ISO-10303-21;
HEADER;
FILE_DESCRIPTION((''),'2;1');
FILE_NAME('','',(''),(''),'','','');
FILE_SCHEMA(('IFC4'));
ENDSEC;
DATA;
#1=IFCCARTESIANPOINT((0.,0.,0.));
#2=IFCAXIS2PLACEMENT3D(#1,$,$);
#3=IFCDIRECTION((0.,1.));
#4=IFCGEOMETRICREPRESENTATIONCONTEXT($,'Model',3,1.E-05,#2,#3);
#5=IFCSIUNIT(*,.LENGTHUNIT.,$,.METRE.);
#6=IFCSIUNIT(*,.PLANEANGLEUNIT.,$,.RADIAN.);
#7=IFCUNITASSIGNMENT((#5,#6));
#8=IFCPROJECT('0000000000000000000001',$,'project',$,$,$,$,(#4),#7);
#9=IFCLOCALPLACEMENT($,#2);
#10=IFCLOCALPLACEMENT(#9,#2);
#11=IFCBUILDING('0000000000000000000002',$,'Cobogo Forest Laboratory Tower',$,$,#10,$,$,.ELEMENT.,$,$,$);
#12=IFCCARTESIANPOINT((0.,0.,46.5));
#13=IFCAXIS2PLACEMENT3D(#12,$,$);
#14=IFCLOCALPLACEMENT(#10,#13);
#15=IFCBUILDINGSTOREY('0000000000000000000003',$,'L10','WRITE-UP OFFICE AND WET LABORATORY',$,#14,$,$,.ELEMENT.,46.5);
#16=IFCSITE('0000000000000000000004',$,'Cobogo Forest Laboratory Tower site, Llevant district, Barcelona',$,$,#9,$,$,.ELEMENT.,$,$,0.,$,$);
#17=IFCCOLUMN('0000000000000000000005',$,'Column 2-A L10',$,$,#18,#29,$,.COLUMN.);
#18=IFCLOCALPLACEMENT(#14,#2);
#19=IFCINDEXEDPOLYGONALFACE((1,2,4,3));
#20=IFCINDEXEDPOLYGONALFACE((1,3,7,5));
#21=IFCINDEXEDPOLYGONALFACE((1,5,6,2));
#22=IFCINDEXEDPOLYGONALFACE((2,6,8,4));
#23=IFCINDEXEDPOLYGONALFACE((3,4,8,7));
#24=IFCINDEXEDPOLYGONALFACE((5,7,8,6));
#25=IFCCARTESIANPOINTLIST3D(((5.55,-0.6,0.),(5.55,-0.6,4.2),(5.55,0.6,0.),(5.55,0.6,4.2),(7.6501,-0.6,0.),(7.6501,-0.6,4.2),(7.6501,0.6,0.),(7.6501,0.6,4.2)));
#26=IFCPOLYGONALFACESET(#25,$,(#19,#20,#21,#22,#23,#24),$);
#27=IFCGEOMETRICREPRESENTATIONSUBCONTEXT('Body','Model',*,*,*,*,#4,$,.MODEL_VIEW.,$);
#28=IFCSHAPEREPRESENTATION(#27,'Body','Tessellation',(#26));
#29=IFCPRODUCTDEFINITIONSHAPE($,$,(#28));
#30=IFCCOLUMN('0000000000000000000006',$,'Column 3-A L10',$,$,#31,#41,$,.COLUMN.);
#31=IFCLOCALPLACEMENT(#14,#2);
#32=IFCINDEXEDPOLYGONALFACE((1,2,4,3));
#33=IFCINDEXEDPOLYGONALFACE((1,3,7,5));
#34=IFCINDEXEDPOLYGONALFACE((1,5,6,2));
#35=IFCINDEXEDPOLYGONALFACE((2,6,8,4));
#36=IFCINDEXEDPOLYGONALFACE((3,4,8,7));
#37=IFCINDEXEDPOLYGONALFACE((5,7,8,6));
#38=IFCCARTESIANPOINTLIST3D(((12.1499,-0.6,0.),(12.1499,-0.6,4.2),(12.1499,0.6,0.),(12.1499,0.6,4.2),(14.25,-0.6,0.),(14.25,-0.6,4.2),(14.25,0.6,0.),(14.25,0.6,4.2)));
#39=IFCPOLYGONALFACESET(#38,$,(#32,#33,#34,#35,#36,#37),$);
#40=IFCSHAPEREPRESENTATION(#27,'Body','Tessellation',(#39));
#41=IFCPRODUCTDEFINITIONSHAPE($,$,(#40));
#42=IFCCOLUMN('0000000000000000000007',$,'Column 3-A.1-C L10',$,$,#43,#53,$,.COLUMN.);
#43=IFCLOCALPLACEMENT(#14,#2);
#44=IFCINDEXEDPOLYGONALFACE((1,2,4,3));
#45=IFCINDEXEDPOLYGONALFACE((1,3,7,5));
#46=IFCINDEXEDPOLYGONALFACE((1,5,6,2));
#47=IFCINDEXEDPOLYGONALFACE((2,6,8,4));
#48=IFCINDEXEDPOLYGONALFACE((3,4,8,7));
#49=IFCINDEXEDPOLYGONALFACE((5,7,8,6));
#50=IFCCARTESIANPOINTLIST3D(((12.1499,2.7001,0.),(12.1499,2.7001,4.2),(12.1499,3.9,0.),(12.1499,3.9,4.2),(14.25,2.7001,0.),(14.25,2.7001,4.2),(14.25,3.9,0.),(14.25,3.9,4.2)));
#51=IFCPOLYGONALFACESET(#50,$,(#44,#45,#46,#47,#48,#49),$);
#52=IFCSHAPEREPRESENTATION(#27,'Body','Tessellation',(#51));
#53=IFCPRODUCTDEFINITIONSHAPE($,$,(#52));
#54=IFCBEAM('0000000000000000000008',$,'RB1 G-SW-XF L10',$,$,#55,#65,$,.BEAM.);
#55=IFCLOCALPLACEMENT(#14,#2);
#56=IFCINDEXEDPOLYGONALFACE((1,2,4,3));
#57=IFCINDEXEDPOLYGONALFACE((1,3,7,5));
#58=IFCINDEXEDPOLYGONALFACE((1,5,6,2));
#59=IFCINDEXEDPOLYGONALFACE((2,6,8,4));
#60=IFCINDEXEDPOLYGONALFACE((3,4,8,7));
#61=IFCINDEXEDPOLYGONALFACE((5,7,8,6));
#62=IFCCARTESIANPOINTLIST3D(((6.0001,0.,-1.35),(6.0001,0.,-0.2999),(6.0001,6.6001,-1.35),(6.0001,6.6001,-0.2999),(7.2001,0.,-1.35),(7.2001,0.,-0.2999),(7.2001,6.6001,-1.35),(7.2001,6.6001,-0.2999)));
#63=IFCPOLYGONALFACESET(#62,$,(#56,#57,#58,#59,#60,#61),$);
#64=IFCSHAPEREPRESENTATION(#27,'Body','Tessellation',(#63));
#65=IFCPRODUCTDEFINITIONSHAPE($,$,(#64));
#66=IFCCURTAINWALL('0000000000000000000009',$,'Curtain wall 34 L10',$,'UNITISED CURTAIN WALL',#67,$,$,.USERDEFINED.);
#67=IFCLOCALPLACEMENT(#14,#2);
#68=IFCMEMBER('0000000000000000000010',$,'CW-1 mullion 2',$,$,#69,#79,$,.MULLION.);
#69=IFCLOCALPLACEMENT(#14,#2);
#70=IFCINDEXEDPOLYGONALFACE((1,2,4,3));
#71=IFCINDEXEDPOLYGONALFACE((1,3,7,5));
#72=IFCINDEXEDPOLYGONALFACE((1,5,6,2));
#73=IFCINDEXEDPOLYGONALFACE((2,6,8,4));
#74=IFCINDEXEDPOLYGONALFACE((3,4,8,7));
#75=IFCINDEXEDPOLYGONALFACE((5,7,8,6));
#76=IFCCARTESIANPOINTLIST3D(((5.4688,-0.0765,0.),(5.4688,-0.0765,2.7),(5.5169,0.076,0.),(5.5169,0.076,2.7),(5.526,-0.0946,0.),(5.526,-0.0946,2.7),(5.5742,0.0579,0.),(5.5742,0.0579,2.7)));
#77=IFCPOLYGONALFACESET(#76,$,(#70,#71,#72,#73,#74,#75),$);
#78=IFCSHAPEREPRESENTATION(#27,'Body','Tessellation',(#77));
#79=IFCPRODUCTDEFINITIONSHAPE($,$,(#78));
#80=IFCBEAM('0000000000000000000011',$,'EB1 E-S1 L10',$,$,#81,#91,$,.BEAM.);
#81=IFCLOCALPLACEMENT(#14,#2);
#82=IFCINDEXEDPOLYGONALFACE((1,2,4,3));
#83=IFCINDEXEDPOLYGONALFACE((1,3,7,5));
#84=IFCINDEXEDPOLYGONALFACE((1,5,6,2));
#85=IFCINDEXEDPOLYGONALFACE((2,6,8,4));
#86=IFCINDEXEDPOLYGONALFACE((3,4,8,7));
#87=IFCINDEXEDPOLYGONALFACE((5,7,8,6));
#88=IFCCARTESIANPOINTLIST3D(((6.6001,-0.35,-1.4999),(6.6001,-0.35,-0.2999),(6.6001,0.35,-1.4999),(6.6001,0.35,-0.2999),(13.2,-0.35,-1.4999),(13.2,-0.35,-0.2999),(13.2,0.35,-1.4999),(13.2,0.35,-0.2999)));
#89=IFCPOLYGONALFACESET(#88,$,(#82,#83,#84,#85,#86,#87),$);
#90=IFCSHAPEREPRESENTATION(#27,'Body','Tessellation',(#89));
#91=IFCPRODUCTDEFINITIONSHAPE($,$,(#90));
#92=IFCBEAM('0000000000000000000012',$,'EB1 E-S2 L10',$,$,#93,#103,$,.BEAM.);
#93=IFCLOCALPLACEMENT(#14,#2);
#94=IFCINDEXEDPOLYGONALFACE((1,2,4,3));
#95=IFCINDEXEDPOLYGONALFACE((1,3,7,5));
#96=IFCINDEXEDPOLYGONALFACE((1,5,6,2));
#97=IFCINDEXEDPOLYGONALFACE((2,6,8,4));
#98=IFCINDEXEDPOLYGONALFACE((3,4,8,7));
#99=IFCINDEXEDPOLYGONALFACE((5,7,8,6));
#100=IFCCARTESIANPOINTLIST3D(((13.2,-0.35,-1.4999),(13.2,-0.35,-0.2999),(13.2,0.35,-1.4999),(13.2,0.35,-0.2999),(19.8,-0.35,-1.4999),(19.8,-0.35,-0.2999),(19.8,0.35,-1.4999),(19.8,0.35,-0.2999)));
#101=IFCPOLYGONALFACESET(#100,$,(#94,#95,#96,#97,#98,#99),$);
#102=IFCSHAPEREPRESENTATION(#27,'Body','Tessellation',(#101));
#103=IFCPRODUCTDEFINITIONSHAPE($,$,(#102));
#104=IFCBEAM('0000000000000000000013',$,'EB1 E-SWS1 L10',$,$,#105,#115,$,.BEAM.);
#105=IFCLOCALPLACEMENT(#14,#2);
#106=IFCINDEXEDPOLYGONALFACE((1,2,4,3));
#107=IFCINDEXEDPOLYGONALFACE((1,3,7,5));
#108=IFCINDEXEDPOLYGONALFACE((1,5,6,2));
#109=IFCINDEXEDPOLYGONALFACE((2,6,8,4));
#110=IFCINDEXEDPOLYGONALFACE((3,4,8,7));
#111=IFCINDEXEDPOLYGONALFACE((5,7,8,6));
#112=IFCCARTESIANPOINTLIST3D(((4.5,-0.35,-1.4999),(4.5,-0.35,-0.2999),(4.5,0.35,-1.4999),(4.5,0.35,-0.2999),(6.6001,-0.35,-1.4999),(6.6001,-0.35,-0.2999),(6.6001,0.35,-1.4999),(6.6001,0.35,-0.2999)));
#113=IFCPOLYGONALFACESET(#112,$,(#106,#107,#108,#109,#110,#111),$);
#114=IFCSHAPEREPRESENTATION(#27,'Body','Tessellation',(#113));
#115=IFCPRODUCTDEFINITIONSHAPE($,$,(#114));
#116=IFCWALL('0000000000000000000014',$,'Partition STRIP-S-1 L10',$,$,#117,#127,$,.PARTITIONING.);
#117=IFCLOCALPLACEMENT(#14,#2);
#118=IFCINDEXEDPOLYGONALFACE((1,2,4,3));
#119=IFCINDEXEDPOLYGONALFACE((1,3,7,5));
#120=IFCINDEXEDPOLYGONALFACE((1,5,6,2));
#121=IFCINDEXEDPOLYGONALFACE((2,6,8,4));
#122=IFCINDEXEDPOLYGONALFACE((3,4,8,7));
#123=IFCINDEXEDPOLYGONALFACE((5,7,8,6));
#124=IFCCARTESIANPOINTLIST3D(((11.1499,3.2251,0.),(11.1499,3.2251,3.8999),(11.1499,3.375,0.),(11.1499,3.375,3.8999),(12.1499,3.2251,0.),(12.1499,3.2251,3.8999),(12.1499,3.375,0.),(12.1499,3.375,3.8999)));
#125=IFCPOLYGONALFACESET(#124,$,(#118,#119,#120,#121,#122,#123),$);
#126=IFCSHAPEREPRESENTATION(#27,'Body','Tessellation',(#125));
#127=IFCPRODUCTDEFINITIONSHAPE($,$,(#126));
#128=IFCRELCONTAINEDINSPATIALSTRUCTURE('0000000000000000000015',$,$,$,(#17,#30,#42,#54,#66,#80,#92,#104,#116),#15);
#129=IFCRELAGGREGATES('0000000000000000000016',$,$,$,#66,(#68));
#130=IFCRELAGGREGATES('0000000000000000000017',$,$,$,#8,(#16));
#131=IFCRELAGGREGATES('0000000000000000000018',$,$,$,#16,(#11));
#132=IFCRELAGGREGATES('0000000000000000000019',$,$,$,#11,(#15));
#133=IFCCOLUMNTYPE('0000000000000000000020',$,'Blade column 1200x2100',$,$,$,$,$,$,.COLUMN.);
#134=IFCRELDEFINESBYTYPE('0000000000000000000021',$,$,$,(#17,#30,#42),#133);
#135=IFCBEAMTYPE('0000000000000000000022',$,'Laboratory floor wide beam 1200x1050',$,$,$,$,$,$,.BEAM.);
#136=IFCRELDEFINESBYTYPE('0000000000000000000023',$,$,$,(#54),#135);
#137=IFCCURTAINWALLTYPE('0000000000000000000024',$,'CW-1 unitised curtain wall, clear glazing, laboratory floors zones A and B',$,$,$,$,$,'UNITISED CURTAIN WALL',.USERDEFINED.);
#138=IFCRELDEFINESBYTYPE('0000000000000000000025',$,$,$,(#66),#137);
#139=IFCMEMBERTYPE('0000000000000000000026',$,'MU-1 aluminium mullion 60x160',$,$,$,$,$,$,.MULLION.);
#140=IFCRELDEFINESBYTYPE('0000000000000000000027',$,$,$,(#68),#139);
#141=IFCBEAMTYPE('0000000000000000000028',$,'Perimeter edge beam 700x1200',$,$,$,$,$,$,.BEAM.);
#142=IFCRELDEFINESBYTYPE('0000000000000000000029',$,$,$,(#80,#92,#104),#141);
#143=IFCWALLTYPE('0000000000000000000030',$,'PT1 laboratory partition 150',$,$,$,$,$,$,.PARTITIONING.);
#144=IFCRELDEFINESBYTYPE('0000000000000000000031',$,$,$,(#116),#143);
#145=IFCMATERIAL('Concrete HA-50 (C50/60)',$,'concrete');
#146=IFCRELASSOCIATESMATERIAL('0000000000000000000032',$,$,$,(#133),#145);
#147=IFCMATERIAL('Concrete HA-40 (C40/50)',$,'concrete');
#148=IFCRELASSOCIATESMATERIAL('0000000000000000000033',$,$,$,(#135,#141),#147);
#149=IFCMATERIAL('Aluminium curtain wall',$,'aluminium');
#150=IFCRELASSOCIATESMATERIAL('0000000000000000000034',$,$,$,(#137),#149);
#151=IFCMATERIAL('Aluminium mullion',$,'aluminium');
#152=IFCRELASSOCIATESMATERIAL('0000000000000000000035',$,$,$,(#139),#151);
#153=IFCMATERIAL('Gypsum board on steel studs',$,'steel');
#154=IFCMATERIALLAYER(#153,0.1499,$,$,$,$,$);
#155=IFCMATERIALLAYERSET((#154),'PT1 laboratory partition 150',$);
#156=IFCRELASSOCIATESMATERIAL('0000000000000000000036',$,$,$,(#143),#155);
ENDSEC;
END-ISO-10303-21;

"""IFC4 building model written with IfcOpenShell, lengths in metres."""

from ifc_helpers import new_model, si_unit, direction, frame, frame_2d, origin, origin_2d, place, context, subcontext, project, spatial, rectangle, extrude, material, layer, layer_set, material_profile, profile_set, type_object, element, aggregate, save


model = new_model("IFC4")

# Units and contexts
model_context = context("Model", 3, precision=1e-05, world=origin(), true_north=direction((0.0, 1.0)))
body_context = subcontext(model_context, "Body", "Model", "MODEL_VIEW")
ifc_project = project(units=[si_unit("LENGTHUNIT", "METRE"), si_unit("PLANEANGLEUNIT", "RADIAN")], contexts=[model_context])

# Site, building, storey
site_placement = place(None, origin())
site = spatial("IfcSite", under=ifc_project, at=site_placement, Name="Cobogo Forest Laboratory Tower site, Llevant district, Barcelona", CompositionType="ELEMENT", RefElevation=0.0)
building_placement = place(site_placement, origin())
building = spatial("IfcBuilding", under=site, at=building_placement, Name="Cobogo Forest Laboratory Tower", CompositionType="ELEMENT")
storey_placement = place(building_placement, frame((0.0, 0.0, 46.5)))
storey = spatial("IfcBuildingStorey", under=building, at=storey_placement, Name="L10", Description="WRITE-UP OFFICE AND WET LABORATORY", CompositionType="ELEMENT", Elevation=46.5)

# Columns
ifc_material_1 = material(Name="Concrete HA-50 (C50/60)", Category="concrete")
ifc_material_profile_1 = material_profile(ifc_material_1, rectangle(XDim=2.1001, YDim=1.2, at=origin_2d()), Name="RC 1200x2100")
ifc_profile_set_1 = profile_set([ifc_material_profile_1], Name="Concrete HA-50 (C50/60)")
column_type = type_object("IfcColumnType", Name="Blade column 1200x2100", PredefinedType="COLUMN", material=ifc_profile_set_1)
for number, where, z_axis, x_axis, name in (
    (1, (6.6001, 0.0, 0.0), (0.0, 0.0, 1.0), (1.0, 0.0, 0.0), "Column 2-A L10"),
    (2, (13.2, 0.0, 0.0), (0.0, 0.0, 1.0), (1.0, 0.0, 0.0), "Column 3-A L10"),
    (3, (13.2, 3.3, 0.0), (0.0, 0.0, 1.0), (1.0, 0.0, 0.0), "Column 3-A.1-C L10"),
):
    element("IfcColumn", number, at=place(storey_placement, frame(where, z_axis=z_axis, x_axis=x_axis)), inside=storey, type_object=column_type, Name=name, PredefinedType="COLUMN", context=body_context, shape_type="SweptSolid", body=[
        extrude(rectangle(XDim=2.1001, YDim=1.2, at=origin_2d()), origin(), (0.0, 0.0, 1.0), 4.2),
    ])

# Beam
ifc_material_2 = material(Name="Concrete HA-40 (C40/50)", Category="concrete")
ifc_material_profile_2 = material_profile(ifc_material_2, rectangle(XDim=1.2, YDim=1.05, at=origin_2d()), Name="RC 1200x1050")
ifc_profile_set_2 = profile_set([ifc_material_profile_2], Name="Concrete HA-40 (C40/50)")
beam_type_1 = type_object("IfcBeamType", Name="Laboratory floor wide beam 1200x1050", PredefinedType="BEAM", material=ifc_profile_set_2)
beam_1_placement = place(storey_placement, frame((6.6001, 0.0, -0.825), z_axis=(0.0, 1.0, 0.0), x_axis=(-1.0, 0.0, 0.0)))
element("IfcBeam", 4, at=beam_1_placement, inside=storey, type_object=beam_type_1, Name="RB1 G-SW-XF L10", PredefinedType="BEAM", context=body_context, shape_type="SweptSolid", body=[
    extrude(rectangle(XDim=1.2, YDim=1.05, at=origin_2d()), origin(), (0.0, 0.0, 1.0), 6.6001),
])

# Curtain wall, member
ifc_material_3 = material(Name="Aluminium curtain wall", Category="aluminium")
curtain_wall_type = type_object("IfcCurtainWallType", Name="CW-1 unitised curtain wall, clear glazing, laboratory floors zones A and B", ElementType="UNITISED CURTAIN WALL", PredefinedType="USERDEFINED", material=ifc_material_3)
curtain_wall_placement = place(storey_placement, origin())
curtain_wall = element("IfcCurtainWall", 5, at=curtain_wall_placement, inside=storey, type_object=curtain_wall_type, Name="Curtain wall 34 L10", ObjectType="UNITISED CURTAIN WALL", PredefinedType="USERDEFINED")
ifc_material_4 = material(Name="Aluminium mullion", Category="aluminium")
ifc_material_profile_3 = material_profile(ifc_material_4, rectangle(XDim=0.0601, YDim=0.1599, at=origin_2d()), Name="AL 60x160")
ifc_profile_set_3 = profile_set([ifc_material_profile_3], Name="Aluminium mullion")
member_type = type_object("IfcMemberType", Name="MU-1 aluminium mullion 60x160", PredefinedType="MULLION", material=ifc_profile_set_3)
member_placement = place(storey_placement, frame((5.5215, -0.0093, 0.0), z_axis=(0.0, 0.0, 1.0), x_axis=(0.953582, -0.301135, 0.0)))
member = element("IfcMember", 6, at=member_placement, type_object=member_type, Name="CW-1 mullion 2", PredefinedType="MULLION", context=body_context, shape_type="SweptSolid", body=[
    extrude(rectangle(XDim=0.0601, YDim=0.1599, at=origin_2d()), origin(), (0.0, 0.0, 1.0), 2.7),
])
aggregate(curtain_wall, [member])

# Beams
ifc_material_profile_4 = material_profile(ifc_material_2, rectangle(XDim=0.7, YDim=1.2, at=origin_2d()), Name="RC 700x1200")
ifc_profile_set_4 = profile_set([ifc_material_profile_4], Name="Concrete HA-40 (C40/50)")
beam_type_2 = type_object("IfcBeamType", Name="Perimeter edge beam 700x1200", PredefinedType="BEAM", material=ifc_profile_set_4)
beam_2_placement = place(storey_placement, frame((6.6001, 0.0, -0.8999), z_axis=(1.0, 0.0, 0.0), x_axis=(0.0, 1.0, 0.0)))
element("IfcBeam", 7, at=beam_2_placement, inside=storey, type_object=beam_type_2, Name="EB1 E-S1 L10", PredefinedType="BEAM", context=body_context, shape_type="SweptSolid", body=[
    extrude(rectangle(XDim=0.7, YDim=1.2, at=origin_2d()), origin(), (0.0, 0.0, 1.0), 6.5999),
])
beam_3_placement = place(storey_placement, frame((13.2, 0.0, -0.8999), z_axis=(1.0, 0.0, 0.0), x_axis=(0.0, 1.0, 0.0)))
element("IfcBeam", 8, at=beam_3_placement, inside=storey, type_object=beam_type_2, Name="EB1 E-S2 L10", PredefinedType="BEAM", context=body_context, shape_type="SweptSolid", body=[
    extrude(rectangle(XDim=0.7, YDim=1.2, at=origin_2d()), origin(), (0.0, 0.0, 1.0), 6.6001),
])
beam_4_placement = place(storey_placement, frame((6.6001, 0.0, -0.8999), z_axis=(-1.0, 0.0, 0.0), x_axis=(0.0, -1.0, 0.0)))
element("IfcBeam", 9, at=beam_4_placement, inside=storey, type_object=beam_type_2, Name="EB1 E-SWS1 L10", PredefinedType="BEAM", context=body_context, shape_type="SweptSolid", body=[
    extrude(rectangle(XDim=0.7, YDim=1.2, at=origin_2d()), origin(), (0.0, 0.0, 1.0), 2.1001),
])

# Wall
ifc_material_5 = material(Name="Gypsum board on steel studs", Category="steel")
ifc_layer = layer(ifc_material_5, 0.1499)
ifc_layer_set = layer_set([ifc_layer], Name="PT1 laboratory partition 150")
wall_type = type_object("IfcWallType", Name="PT1 laboratory partition 150", PredefinedType="PARTITIONING", material=ifc_layer_set)
wall_placement = place(storey_placement, frame((11.1499, 3.3, 0.0), z_axis=(0.0, 0.0, 1.0), x_axis=(1.0, 0.0, 0.0)))
element("IfcWall", 10, at=wall_placement, inside=storey, type_object=wall_type, Name="Partition STRIP-S-1 L10", PredefinedType="PARTITIONING", context=body_context, shape_type="SweptSolid", body=[
    extrude(rectangle(XDim=1.0, YDim=0.1499, at=frame_2d((0.5, 0.0))), origin(), (0.0, 0.0, 1.0), 3.8999),
])

save(model, "model.ifc")
